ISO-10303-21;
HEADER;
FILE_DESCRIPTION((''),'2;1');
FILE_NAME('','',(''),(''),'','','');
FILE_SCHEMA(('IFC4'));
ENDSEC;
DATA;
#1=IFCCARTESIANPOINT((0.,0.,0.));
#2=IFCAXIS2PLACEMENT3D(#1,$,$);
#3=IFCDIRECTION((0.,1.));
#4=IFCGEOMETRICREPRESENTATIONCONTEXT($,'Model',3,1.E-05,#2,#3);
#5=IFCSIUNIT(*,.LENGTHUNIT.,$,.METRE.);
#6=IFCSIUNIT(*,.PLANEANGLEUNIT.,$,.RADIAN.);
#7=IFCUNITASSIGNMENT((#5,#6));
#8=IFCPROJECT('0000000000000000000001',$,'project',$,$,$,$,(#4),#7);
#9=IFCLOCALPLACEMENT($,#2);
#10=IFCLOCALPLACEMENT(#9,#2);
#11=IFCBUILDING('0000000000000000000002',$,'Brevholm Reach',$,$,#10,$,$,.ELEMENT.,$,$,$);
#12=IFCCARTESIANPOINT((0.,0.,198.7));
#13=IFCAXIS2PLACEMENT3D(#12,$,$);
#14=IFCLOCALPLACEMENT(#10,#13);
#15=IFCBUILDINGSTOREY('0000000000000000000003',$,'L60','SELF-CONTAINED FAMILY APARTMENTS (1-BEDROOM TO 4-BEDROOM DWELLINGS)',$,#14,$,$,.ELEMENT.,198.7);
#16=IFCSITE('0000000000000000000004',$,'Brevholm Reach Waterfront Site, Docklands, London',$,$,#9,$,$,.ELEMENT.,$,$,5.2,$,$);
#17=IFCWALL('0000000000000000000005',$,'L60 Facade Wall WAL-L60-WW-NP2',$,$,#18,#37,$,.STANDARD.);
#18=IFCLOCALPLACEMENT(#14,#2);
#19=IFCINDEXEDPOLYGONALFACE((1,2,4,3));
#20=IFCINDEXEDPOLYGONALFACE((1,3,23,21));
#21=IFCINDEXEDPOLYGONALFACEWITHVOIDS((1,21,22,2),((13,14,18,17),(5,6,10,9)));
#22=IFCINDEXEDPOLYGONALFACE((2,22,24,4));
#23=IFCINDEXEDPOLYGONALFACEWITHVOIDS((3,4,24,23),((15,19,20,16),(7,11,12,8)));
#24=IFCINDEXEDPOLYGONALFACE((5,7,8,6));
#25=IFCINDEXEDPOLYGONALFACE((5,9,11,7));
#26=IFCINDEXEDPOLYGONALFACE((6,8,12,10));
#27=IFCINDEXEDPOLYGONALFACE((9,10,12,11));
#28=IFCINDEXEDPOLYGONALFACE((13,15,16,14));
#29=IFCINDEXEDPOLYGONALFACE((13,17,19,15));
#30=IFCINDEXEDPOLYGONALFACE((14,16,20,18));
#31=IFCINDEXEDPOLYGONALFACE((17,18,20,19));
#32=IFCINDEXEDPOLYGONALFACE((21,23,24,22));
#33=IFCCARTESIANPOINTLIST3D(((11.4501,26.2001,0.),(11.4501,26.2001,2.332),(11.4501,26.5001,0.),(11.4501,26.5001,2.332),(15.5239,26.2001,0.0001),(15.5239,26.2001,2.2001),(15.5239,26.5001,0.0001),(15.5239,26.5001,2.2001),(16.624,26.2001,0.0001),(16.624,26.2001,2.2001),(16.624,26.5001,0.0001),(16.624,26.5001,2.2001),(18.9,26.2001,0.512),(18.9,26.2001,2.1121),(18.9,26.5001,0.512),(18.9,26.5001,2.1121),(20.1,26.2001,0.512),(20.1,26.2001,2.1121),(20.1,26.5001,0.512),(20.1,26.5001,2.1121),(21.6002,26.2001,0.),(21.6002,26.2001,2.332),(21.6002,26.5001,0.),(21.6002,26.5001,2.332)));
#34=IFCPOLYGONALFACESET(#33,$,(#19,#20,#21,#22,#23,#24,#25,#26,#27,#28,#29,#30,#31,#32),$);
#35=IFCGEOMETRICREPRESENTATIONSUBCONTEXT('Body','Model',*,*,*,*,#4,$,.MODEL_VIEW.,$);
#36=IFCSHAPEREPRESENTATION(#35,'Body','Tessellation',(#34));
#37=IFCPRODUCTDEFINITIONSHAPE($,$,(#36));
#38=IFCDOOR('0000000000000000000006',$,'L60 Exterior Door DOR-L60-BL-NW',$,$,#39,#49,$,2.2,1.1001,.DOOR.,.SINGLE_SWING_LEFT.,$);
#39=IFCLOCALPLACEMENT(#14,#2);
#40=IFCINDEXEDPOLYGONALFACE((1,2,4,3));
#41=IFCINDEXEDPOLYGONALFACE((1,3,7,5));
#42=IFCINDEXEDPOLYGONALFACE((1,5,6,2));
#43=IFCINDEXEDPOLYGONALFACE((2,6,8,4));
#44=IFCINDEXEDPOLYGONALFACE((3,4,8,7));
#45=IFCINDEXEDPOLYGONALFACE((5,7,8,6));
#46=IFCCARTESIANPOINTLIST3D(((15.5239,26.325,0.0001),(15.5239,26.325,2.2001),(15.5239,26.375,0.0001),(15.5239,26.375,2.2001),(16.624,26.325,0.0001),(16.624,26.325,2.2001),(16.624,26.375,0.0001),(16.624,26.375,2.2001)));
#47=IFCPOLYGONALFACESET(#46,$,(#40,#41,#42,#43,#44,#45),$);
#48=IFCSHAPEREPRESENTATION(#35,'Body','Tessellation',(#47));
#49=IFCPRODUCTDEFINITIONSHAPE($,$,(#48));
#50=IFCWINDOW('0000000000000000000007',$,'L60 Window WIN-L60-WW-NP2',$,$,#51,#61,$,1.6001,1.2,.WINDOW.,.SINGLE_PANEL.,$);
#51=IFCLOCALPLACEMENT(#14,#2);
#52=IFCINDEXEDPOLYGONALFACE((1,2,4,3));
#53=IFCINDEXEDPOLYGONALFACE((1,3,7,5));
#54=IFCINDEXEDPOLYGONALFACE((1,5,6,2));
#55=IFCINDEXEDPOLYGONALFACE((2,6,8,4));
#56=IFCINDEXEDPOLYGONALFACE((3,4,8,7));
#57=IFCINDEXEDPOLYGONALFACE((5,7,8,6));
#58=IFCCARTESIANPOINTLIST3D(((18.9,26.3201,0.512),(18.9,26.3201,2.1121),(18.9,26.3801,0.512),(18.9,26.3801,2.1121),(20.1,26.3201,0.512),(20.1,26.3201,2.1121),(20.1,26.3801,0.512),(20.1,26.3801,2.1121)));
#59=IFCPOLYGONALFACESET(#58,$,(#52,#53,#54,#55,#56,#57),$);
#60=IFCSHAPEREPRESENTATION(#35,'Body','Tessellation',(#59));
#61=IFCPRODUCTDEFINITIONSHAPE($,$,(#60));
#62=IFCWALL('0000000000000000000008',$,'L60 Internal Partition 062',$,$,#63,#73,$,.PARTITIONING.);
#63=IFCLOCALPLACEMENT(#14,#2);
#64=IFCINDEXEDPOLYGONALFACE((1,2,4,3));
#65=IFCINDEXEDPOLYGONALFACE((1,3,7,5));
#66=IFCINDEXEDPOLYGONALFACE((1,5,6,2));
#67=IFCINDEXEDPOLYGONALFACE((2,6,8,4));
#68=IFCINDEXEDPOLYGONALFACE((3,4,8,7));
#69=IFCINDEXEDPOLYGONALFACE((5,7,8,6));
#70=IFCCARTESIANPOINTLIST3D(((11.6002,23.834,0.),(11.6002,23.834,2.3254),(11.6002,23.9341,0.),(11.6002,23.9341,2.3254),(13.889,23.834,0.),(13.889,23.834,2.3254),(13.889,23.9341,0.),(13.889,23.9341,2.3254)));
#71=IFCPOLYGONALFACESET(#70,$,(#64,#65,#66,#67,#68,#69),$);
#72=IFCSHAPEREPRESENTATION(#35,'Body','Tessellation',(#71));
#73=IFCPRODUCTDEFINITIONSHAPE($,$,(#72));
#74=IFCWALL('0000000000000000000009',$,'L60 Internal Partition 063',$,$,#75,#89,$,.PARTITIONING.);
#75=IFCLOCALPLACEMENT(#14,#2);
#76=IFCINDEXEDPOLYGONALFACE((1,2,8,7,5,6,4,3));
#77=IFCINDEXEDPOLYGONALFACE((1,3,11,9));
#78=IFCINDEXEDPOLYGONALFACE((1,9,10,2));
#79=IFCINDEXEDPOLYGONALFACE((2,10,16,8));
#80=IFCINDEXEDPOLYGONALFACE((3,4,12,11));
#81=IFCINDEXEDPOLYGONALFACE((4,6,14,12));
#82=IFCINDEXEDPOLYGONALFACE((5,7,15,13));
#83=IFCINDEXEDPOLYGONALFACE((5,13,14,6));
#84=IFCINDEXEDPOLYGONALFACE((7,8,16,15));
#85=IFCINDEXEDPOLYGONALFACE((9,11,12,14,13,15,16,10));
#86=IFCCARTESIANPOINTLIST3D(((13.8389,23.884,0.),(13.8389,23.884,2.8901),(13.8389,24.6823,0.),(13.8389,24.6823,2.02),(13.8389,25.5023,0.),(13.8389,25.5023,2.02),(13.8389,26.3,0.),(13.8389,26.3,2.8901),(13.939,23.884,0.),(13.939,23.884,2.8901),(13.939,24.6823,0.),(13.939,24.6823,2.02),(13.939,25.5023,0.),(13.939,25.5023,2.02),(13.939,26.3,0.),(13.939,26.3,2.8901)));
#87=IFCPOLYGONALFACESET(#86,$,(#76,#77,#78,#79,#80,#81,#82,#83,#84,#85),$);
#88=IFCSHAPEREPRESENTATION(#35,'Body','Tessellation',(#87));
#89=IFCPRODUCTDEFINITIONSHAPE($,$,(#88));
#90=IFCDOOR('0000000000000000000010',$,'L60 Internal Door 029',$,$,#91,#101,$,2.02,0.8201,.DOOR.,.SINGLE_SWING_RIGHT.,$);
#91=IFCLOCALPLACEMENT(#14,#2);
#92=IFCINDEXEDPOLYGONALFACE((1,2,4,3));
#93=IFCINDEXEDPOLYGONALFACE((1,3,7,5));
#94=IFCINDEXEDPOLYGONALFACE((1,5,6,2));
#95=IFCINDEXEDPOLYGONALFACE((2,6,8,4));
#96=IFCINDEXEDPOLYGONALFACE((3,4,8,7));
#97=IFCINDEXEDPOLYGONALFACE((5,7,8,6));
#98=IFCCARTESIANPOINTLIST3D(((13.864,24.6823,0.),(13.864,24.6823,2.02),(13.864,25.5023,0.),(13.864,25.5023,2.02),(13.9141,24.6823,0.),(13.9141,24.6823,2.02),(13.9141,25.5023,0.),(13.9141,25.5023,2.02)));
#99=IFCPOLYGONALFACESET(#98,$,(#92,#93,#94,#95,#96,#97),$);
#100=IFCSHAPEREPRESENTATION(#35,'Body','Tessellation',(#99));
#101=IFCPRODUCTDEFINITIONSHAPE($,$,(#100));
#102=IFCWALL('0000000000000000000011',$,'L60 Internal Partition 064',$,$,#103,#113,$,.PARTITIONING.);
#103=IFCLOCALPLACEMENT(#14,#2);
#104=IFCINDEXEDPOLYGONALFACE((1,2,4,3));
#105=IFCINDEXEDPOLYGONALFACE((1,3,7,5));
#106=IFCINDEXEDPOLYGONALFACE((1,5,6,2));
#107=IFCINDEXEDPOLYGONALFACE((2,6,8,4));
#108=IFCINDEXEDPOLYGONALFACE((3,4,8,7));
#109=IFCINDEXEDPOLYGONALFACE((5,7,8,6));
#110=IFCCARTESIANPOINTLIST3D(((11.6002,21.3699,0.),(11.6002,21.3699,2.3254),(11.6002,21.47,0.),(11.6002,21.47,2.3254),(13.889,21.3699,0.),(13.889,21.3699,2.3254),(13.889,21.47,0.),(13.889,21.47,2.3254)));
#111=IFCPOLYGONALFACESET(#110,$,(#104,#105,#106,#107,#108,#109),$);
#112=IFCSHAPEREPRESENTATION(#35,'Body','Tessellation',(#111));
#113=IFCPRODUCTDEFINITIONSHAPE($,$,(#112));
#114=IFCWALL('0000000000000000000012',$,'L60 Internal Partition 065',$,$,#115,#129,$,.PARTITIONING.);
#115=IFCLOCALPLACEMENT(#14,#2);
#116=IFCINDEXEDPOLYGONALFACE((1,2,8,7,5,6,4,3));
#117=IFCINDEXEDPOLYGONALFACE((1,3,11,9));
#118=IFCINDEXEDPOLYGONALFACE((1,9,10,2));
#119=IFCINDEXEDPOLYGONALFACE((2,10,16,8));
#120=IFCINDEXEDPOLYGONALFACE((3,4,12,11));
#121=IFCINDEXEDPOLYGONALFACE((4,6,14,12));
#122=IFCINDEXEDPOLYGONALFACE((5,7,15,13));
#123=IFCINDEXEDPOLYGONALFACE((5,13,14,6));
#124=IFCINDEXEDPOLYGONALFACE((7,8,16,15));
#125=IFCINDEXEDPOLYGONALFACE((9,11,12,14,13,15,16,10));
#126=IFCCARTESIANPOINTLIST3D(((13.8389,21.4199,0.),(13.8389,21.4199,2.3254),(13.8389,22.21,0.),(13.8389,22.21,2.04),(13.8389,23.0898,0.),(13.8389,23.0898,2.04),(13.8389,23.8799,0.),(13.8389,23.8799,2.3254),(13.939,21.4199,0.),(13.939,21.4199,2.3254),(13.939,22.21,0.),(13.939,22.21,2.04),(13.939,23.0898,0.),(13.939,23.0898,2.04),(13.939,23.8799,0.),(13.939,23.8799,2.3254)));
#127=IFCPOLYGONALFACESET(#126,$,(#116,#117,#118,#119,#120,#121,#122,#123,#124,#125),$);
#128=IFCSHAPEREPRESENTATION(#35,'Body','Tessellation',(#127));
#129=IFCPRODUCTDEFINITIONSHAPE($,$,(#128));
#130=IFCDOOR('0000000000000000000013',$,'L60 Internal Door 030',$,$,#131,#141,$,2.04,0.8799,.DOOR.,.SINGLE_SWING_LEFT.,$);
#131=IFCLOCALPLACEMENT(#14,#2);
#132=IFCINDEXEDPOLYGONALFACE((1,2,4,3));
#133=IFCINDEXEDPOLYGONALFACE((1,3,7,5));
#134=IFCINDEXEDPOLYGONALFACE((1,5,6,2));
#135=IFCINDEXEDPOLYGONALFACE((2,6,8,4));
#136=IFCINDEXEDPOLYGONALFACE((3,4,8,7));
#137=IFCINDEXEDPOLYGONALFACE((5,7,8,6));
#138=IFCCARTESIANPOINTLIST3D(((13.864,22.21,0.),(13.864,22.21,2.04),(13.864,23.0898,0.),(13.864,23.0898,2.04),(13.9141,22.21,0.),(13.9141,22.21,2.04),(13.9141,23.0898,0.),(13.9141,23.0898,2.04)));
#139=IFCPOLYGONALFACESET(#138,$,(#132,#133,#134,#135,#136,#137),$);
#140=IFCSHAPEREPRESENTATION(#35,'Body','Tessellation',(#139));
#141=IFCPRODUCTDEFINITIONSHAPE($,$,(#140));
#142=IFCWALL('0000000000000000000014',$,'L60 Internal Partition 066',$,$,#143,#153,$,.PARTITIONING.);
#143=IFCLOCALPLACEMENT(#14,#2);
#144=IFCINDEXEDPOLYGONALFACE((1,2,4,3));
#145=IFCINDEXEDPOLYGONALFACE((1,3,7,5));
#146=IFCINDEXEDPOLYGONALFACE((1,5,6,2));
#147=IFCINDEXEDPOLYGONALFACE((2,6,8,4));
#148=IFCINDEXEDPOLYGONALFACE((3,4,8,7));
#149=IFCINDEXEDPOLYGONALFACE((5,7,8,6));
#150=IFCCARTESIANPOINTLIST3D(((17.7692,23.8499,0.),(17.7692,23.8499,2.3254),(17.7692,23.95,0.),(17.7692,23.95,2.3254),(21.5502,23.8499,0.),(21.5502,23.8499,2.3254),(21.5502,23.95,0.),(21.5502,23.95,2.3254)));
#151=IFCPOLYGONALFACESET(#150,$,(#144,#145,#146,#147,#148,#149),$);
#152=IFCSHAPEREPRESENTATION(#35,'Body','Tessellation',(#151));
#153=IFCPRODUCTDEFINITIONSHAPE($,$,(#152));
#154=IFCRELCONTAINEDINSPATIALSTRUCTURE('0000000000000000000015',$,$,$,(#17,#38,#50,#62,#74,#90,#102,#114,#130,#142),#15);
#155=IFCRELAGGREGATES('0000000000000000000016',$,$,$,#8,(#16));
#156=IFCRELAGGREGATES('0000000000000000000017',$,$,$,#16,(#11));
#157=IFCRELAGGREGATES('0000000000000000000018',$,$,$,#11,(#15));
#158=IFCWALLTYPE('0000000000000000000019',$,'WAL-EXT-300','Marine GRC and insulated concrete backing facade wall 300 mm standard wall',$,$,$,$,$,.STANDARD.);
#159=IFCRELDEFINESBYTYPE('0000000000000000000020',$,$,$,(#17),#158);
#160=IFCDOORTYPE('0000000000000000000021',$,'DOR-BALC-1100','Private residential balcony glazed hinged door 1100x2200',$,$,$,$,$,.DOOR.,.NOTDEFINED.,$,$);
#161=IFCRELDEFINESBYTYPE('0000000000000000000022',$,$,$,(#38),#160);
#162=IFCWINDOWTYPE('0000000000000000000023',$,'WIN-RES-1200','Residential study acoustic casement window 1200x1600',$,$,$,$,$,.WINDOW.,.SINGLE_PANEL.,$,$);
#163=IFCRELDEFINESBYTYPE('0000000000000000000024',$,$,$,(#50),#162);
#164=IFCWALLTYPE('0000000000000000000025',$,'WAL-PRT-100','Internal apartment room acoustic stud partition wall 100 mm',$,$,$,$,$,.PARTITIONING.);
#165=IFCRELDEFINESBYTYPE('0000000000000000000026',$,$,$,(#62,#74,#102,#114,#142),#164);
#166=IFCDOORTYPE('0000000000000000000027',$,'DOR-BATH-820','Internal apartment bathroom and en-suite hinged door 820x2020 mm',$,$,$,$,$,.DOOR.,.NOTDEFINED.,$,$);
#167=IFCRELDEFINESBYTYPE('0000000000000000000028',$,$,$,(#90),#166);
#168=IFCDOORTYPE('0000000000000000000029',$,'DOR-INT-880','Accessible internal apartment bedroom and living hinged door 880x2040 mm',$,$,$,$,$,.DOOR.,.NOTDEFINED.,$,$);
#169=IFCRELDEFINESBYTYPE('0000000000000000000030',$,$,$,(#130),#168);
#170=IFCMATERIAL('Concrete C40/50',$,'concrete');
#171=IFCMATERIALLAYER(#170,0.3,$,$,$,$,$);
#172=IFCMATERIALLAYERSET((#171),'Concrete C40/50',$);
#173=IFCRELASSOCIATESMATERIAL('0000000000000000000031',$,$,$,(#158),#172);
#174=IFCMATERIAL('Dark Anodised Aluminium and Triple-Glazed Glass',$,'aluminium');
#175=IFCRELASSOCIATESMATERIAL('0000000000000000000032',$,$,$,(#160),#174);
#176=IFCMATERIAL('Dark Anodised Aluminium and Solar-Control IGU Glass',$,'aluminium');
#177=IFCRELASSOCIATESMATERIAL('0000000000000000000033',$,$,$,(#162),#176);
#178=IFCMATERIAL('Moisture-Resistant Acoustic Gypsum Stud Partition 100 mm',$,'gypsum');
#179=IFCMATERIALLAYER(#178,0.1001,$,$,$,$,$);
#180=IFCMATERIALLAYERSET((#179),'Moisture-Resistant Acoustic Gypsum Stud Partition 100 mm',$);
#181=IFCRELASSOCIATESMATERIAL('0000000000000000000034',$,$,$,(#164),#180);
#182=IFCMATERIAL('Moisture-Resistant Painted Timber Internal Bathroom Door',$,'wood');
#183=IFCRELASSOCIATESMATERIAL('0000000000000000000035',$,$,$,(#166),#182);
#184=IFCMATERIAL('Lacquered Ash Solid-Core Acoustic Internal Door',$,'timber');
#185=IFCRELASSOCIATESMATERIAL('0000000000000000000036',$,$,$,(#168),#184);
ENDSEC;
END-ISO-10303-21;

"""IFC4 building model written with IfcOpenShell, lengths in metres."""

from ifc_helpers import new_model, si_unit, direction, frame, frame_2d, origin, place, context, subcontext, project, spatial, rectangle, extrude, material, layer, layer_set, type_object, element, fill, save


model = new_model("IFC4")

# Units and contexts
model_context = context("Model", 3, precision=1e-05, world=origin(), true_north=direction((0.0, 1.0)))
body_context = subcontext(model_context, "Body", "Model", "MODEL_VIEW")
ifc_project = project(units=[si_unit("LENGTHUNIT", "METRE"), si_unit("PLANEANGLEUNIT", "RADIAN")], contexts=[model_context])

# Site, building, storey
site_placement = place(None, origin())
site = spatial("IfcSite", under=ifc_project, at=site_placement, Name="Brevholm Reach Waterfront Site, Docklands, London", CompositionType="ELEMENT", RefElevation=5.2)
building_placement = place(site_placement, origin())
building = spatial("IfcBuilding", under=site, at=building_placement, Name="Brevholm Reach", CompositionType="ELEMENT")
storey_placement = place(building_placement, frame((0.0, 0.0, 198.7)))
storey = spatial("IfcBuildingStorey", under=building, at=storey_placement, Name="L60", Description="SELF-CONTAINED FAMILY APARTMENTS (1-BEDROOM TO 4-BEDROOM DWELLINGS)", CompositionType="ELEMENT", Elevation=198.7)

# Wall, openings, door, window
ifc_material_1 = material(Name="Concrete C40/50", Category="concrete")
ifc_layer_1 = layer(ifc_material_1, 0.3)
ifc_layer_set_1 = layer_set([ifc_layer_1], Name="Concrete C40/50")
wall_type_1 = type_object("IfcWallType", Name="WAL-EXT-300", Description="Marine GRC and insulated concrete backing facade wall 300 mm standard wall", PredefinedType="STANDARD", material=ifc_layer_set_1)
wall_1_placement = place(storey_placement, frame((11.45, 26.3501, 0.0), z_axis=(0.0, 0.0, 1.0), x_axis=(1.0, 0.0, 0.0)))
wall_1 = element("IfcWall", 1, at=wall_1_placement, inside=storey, type_object=wall_type_1, Name="L60 Facade Wall WAL-L60-WW-NP2", PredefinedType="STANDARD", context=body_context, shape_type="SweptSolid", body=[
    extrude(rectangle(XDim=10.1501, YDim=0.3, at=frame_2d((5.0752, 0.0))), origin(), (0.0, 0.0, 1.0), 2.332),
])
opening_1_placement = place(wall_1_placement, frame((4.074, 0.0, 0.0)))
opening_1 = element("IfcOpeningElement", 2, at=opening_1_placement, cuts=wall_1, PredefinedType="OPENING", context=body_context, shape_type="SweptSolid", body=[
    extrude(rectangle(XDim=1.1001, YDim=2.2, at=frame_2d((0.55, 1.1001))), frame((0.0, 0.1599, 0.0), z_axis=(0.0, -1.0, 0.0), x_axis=(1.0, 0.0, 0.0)), (0.0, 0.0, 1.0), 0.3201),
])
opening_2_placement = place(wall_1_placement, frame((7.45, 0.0, 0.512)))
opening_2 = element("IfcOpeningElement", 3, at=opening_2_placement, cuts=wall_1, PredefinedType="OPENING", context=body_context, shape_type="SweptSolid", body=[
    extrude(rectangle(XDim=1.2, YDim=1.6001, at=frame_2d((0.6001, 0.8))), frame((0.0, 0.1599, 0.0), z_axis=(0.0, -1.0, 0.0), x_axis=(1.0, 0.0, 0.0)), (0.0, 0.0, 1.0), 0.3201),
])
ifc_material_2 = material(Name="Dark Anodised Aluminium and Triple-Glazed Glass", Category="aluminium")
door_type_1 = type_object("IfcDoorType", Name="DOR-BALC-1100", Description="Private residential balcony glazed hinged door 1100x2200", OperationType="NOTDEFINED", PredefinedType="DOOR", material=ifc_material_2)
door_1_placement = place(opening_1_placement, origin())
door_1 = element("IfcDoor", 4, at=door_1_placement, inside=storey, type_object=door_type_1, Name="L60 Exterior Door DOR-L60-BL-NW", OperationType="SINGLE_SWING_LEFT", OverallHeight=2.2, OverallWidth=1.1001, PredefinedType="DOOR", context=body_context, shape_type="SweptSolid", body=[
    extrude(rectangle(XDim=1.1001, YDim=2.2, at=frame_2d((0.55, 1.1001))), frame((0.0, 0.0249, 0.0), z_axis=(0.0, -1.0, 0.0), x_axis=(1.0, 0.0, 0.0)), (0.0, 0.0, 1.0), 0.05),
])
fill(opening_1, door_1)
ifc_material_3 = material(Name="Dark Anodised Aluminium and Solar-Control IGU Glass", Category="aluminium")
window_type = type_object("IfcWindowType", Name="WIN-RES-1200", Description="Residential study acoustic casement window 1200x1600", PartitioningType="SINGLE_PANEL", PredefinedType="WINDOW", material=ifc_material_3)
window_placement = place(opening_2_placement, origin())
window = element("IfcWindow", 5, at=window_placement, inside=storey, type_object=window_type, Name="L60 Window WIN-L60-WW-NP2", OverallHeight=1.6001, OverallWidth=1.2, PartitioningType="SINGLE_PANEL", PredefinedType="WINDOW", context=body_context, shape_type="SweptSolid", body=[
    extrude(rectangle(XDim=1.2, YDim=1.6001, at=frame_2d((0.6001, 0.8))), frame((0.0, 0.03, 0.0), z_axis=(0.0, -1.0, 0.0), x_axis=(1.0, 0.0, 0.0)), (0.0, 0.0, 1.0), 0.0601),
])
fill(opening_2, window)

# Wall
ifc_material_4 = material(Name="Moisture-Resistant Acoustic Gypsum Stud Partition 100 mm", Category="gypsum")
ifc_layer_2 = layer(ifc_material_4, 0.1001)
ifc_layer_set_2 = layer_set([ifc_layer_2], Name="Moisture-Resistant Acoustic Gypsum Stud Partition 100 mm")
wall_type_2 = type_object("IfcWallType", Name="WAL-PRT-100", Description="Internal apartment room acoustic stud partition wall 100 mm", PredefinedType="PARTITIONING", material=ifc_layer_set_2)
wall_2_placement = place(storey_placement, frame((11.6001, 23.884, 0.0), z_axis=(0.0, 0.0, 1.0), x_axis=(1.0, 0.0, 0.0)))
element("IfcWall", 6, at=wall_2_placement, inside=storey, type_object=wall_type_2, Name="L60 Internal Partition 062", PredefinedType="PARTITIONING", context=body_context, shape_type="SweptSolid", body=[
    extrude(rectangle(XDim=2.2888, YDim=0.1001, at=frame_2d((1.1445, 0.0))), origin(), (0.0, 0.0, 1.0), 2.3254),
])

# Wall, opening, door
wall_3_placement = place(storey_placement, frame((13.8889, 23.884, 0.0), z_axis=(0.0, 0.0, 1.0), x_axis=(0.0, 1.0, 0.0)))
wall_3 = element("IfcWall", 7, at=wall_3_placement, inside=storey, type_object=wall_type_2, Name="L60 Internal Partition 063", PredefinedType="PARTITIONING", context=body_context, shape_type="SweptSolid", body=[
    extrude(rectangle(XDim=2.416, YDim=0.1001, at=frame_2d((1.208, 0.0))), origin(), (0.0, 0.0, 1.0), 2.8901),
])
opening_3_placement = place(wall_3_placement, frame((0.7981, 0.0, 0.0)))
opening_3 = element("IfcOpeningElement", 8, at=opening_3_placement, cuts=wall_3, PredefinedType="OPENING", context=body_context, shape_type="SweptSolid", body=[
    extrude(rectangle(XDim=0.8201, YDim=2.02, at=frame_2d((0.4102, 1.01))), frame((0.0, 0.0601, 0.0), z_axis=(0.0, -1.0, 0.0), x_axis=(1.0, 0.0, 0.0)), (0.0, 0.0, 1.0), 0.1201),
])
ifc_material_5 = material(Name="Moisture-Resistant Painted Timber Internal Bathroom Door", Category="wood")
door_type_2 = type_object("IfcDoorType", Name="DOR-BATH-820", Description="Internal apartment bathroom and en-suite hinged door 820x2020 mm", OperationType="NOTDEFINED", PredefinedType="DOOR", material=ifc_material_5)
door_2_placement = place(opening_3_placement, origin())
door_2 = element("IfcDoor", 9, at=door_2_placement, inside=storey, type_object=door_type_2, Name="L60 Internal Door 029", OperationType="SINGLE_SWING_RIGHT", OverallHeight=2.02, OverallWidth=0.8201, PredefinedType="DOOR", context=body_context, shape_type="SweptSolid", body=[
    extrude(rectangle(XDim=0.8201, YDim=2.02, at=frame_2d((0.4102, 1.01))), frame((0.0, 0.0249, 0.0), z_axis=(0.0, -1.0, 0.0), x_axis=(1.0, 0.0, 0.0)), (0.0, 0.0, 1.0), 0.05),
])
fill(opening_3, door_2)

# Wall
wall_4_placement = place(storey_placement, frame((11.6001, 21.4199, 0.0), z_axis=(0.0, 0.0, 1.0), x_axis=(1.0, 0.0, 0.0)))
element("IfcWall", 10, at=wall_4_placement, inside=storey, type_object=wall_type_2, Name="L60 Internal Partition 064", PredefinedType="PARTITIONING", context=body_context, shape_type="SweptSolid", body=[
    extrude(rectangle(XDim=2.2888, YDim=0.1001, at=frame_2d((1.1445, 0.0))), origin(), (0.0, 0.0, 1.0), 2.3254),
])

# Wall, opening, door
wall_5_placement = place(storey_placement, frame((13.8889, 21.4199, 0.0), z_axis=(0.0, 0.0, 1.0), x_axis=(0.0, 1.0, 0.0)))
wall_5 = element("IfcWall", 11, at=wall_5_placement, inside=storey, type_object=wall_type_2, Name="L60 Internal Partition 065", PredefinedType="PARTITIONING", context=body_context, shape_type="SweptSolid", body=[
    extrude(rectangle(XDim=2.46, YDim=0.1001, at=frame_2d((1.23, 0.0))), origin(), (0.0, 0.0, 1.0), 2.3254),
])
opening_4_placement = place(wall_5_placement, frame((0.79, 0.0, 0.0)))
opening_4 = element("IfcOpeningElement", 12, at=opening_4_placement, cuts=wall_5, PredefinedType="OPENING", context=body_context, shape_type="SweptSolid", body=[
    extrude(rectangle(XDim=0.8799, YDim=2.04, at=frame_2d((0.4399, 1.02))), frame((0.0, 0.0601, 0.0), z_axis=(0.0, -1.0, 0.0), x_axis=(1.0, 0.0, 0.0)), (0.0, 0.0, 1.0), 0.1201),
])
ifc_material_6 = material(Name="Lacquered Ash Solid-Core Acoustic Internal Door", Category="timber")
door_type_3 = type_object("IfcDoorType", Name="DOR-INT-880", Description="Accessible internal apartment bedroom and living hinged door 880x2040 mm", OperationType="NOTDEFINED", PredefinedType="DOOR", material=ifc_material_6)
door_3_placement = place(opening_4_placement, origin())
door_3 = element("IfcDoor", 13, at=door_3_placement, inside=storey, type_object=door_type_3, Name="L60 Internal Door 030", OperationType="SINGLE_SWING_LEFT", OverallHeight=2.04, OverallWidth=0.8799, PredefinedType="DOOR", context=body_context, shape_type="SweptSolid", body=[
    extrude(rectangle(XDim=0.8799, YDim=2.04, at=frame_2d((0.4399, 1.02))), frame((0.0, 0.0249, 0.0), z_axis=(0.0, -1.0, 0.0), x_axis=(1.0, 0.0, 0.0)), (0.0, 0.0, 1.0), 0.05),
])
fill(opening_4, door_3)

# Wall
wall_6_placement = place(storey_placement, frame((17.769, 23.8999, 0.0), z_axis=(0.0, 0.0, 1.0), x_axis=(1.0, 0.0, 0.0)))
element("IfcWall", 14, at=wall_6_placement, inside=storey, type_object=wall_type_2, Name="L60 Internal Partition 066", PredefinedType="PARTITIONING", context=body_context, shape_type="SweptSolid", body=[
    extrude(rectangle(XDim=3.781, YDim=0.1001, at=frame_2d((1.8906, 0.0))), origin(), (0.0, 0.0, 1.0), 2.3254),
])

save(model, "model.ifc")
